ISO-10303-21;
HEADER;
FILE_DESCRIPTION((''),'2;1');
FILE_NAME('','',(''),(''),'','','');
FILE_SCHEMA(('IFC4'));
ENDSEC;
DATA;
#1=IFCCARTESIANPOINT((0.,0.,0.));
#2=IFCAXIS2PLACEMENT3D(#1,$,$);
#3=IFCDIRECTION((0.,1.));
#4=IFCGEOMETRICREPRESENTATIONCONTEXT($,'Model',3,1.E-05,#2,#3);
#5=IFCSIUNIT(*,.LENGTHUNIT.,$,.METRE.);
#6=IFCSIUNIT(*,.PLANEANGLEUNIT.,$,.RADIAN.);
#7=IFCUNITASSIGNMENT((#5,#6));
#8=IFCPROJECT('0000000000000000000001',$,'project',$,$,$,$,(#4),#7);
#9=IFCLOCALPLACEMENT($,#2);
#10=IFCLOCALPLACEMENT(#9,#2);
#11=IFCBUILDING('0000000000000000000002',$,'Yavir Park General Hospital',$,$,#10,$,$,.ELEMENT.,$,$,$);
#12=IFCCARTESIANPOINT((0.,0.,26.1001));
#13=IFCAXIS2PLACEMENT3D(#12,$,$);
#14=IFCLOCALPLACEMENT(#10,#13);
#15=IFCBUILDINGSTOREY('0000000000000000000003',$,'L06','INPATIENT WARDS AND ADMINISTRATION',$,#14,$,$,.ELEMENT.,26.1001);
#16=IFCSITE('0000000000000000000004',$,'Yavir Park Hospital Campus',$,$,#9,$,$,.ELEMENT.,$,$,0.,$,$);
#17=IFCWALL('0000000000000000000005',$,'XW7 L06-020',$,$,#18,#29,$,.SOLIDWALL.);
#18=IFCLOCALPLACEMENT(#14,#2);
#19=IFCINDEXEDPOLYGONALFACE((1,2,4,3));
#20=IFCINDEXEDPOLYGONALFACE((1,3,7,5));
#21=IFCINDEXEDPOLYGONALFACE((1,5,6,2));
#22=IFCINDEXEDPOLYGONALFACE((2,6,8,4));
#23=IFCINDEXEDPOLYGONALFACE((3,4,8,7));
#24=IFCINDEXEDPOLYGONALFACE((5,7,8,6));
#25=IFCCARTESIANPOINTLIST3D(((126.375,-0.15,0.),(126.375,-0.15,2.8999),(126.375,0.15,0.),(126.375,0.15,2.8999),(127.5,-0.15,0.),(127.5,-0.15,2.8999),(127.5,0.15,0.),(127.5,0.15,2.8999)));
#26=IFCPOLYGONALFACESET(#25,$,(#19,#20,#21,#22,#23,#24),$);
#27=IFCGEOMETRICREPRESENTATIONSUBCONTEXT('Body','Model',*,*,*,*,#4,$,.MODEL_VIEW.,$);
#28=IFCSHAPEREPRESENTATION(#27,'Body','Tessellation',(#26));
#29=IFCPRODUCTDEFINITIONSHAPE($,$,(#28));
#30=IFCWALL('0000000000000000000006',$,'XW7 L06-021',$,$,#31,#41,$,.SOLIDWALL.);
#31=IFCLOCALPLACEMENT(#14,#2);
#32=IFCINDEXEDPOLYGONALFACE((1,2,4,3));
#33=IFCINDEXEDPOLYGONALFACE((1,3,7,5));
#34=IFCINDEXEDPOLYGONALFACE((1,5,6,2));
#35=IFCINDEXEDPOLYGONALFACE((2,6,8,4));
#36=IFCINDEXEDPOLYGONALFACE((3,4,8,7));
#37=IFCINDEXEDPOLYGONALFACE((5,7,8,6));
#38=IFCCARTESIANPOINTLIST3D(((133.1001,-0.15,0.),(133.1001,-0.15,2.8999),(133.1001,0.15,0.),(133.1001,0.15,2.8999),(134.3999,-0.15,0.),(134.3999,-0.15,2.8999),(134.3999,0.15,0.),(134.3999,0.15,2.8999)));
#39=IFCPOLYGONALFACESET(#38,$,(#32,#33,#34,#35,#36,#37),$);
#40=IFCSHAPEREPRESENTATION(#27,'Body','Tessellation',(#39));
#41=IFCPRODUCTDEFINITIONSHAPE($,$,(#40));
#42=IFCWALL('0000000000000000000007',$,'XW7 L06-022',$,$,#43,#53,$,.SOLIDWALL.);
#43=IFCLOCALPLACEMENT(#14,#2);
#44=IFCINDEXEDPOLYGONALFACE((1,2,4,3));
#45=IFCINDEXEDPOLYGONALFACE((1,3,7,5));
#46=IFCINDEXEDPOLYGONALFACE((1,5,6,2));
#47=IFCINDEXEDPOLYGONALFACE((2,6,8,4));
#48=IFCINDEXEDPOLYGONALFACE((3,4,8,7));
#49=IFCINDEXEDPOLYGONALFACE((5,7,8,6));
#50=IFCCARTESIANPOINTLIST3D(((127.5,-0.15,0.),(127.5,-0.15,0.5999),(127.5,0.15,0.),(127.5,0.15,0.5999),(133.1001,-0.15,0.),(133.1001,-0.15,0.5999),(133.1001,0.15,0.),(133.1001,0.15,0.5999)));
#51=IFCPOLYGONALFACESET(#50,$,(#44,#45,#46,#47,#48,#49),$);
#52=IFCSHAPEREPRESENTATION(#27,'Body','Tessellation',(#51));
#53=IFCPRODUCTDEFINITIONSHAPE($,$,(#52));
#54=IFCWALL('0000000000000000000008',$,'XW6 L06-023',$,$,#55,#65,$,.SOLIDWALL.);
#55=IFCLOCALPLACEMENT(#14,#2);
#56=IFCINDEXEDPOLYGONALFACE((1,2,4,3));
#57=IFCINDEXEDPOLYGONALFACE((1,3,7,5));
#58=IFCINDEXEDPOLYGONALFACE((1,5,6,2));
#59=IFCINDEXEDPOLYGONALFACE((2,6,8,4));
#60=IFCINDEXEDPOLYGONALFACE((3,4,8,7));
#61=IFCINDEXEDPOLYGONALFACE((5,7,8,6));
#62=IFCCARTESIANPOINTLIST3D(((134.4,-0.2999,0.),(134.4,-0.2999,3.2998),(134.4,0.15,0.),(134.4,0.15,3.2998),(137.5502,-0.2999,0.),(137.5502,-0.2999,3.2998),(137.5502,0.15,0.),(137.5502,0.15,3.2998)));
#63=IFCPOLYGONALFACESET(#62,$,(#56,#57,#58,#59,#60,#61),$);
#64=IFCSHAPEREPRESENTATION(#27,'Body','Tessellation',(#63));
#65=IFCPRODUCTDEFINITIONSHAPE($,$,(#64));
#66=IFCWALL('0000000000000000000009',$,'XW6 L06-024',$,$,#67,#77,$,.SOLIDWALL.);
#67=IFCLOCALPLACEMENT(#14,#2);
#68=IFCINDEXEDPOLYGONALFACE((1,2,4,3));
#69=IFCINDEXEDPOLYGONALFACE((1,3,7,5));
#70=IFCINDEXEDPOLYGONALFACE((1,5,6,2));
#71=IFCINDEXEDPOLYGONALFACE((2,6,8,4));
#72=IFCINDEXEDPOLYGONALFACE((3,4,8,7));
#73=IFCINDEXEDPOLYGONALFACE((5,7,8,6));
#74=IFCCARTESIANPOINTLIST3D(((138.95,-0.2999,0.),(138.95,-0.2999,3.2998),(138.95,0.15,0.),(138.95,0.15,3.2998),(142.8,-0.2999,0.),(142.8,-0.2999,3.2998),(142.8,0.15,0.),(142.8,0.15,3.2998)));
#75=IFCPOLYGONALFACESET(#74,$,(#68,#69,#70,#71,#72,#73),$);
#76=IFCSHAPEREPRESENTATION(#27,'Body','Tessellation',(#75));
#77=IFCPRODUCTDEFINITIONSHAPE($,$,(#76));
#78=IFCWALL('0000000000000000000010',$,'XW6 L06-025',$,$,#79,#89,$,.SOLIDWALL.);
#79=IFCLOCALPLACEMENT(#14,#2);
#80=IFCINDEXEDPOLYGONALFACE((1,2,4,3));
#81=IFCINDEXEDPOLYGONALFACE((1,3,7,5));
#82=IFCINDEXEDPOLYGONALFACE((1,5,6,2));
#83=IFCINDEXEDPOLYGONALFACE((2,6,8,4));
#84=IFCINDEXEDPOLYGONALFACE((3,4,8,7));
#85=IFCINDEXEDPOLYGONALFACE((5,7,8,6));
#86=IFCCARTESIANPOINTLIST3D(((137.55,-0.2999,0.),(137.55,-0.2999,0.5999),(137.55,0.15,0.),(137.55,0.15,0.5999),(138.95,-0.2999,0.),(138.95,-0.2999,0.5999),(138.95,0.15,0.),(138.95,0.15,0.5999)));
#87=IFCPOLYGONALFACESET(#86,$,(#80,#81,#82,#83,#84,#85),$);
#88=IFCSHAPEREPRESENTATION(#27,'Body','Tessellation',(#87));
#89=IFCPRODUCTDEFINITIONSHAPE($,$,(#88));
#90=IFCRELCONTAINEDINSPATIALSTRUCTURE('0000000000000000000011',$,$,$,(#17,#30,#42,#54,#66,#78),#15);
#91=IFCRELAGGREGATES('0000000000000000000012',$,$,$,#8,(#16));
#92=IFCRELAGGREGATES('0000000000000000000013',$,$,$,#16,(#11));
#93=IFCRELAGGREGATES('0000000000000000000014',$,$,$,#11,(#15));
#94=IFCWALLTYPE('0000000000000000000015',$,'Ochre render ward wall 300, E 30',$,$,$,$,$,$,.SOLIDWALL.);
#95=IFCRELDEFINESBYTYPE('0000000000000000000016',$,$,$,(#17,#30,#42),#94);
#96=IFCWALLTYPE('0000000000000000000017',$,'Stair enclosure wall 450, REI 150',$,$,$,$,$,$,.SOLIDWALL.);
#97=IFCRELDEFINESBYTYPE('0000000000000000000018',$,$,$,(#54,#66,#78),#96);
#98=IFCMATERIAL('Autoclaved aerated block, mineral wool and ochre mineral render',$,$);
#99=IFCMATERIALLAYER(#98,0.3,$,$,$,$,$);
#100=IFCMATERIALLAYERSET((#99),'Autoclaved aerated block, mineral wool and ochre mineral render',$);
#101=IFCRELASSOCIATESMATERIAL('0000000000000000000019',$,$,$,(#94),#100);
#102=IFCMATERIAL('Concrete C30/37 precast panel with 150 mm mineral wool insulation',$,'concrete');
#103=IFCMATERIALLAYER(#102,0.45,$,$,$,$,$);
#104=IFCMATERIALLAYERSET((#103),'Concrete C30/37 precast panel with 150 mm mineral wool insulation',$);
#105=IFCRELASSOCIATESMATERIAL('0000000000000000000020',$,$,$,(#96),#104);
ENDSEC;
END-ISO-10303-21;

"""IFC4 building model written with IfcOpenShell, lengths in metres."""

from ifc_helpers import new_model, si_unit, direction, frame, frame_2d, origin, place, context, subcontext, project, spatial, rectangle, extrude, material, layer, layer_set, type_object, element, save


model = new_model("IFC4")

# Units and contexts
model_context = context("Model", 3, precision=1e-05, world=origin(), true_north=direction((0.0, 1.0)))
body_context = subcontext(model_context, "Body", "Model", "MODEL_VIEW")
ifc_project = project(units=[si_unit("LENGTHUNIT", "METRE"), si_unit("PLANEANGLEUNIT", "RADIAN")], contexts=[model_context])

# Site, building, storey
site_placement = place(None, origin())
site = spatial("IfcSite", under=ifc_project, at=site_placement, Name="Yavir Park Hospital Campus", CompositionType="ELEMENT", RefElevation=0.0)
building_placement = place(site_placement, origin())
building = spatial("IfcBuilding", under=site, at=building_placement, Name="Yavir Park General Hospital", CompositionType="ELEMENT")
storey_placement = place(building_placement, frame((0.0, 0.0, 26.1001)))
storey = spatial("IfcBuildingStorey", under=building, at=storey_placement, Name="L06", Description="INPATIENT WARDS AND ADMINISTRATION", CompositionType="ELEMENT", Elevation=26.1001)

# Walls
ifc_material_1 = material(Name="Autoclaved aerated block, mineral wool and ochre mineral render")
ifc_layer_1 = layer(ifc_material_1, 0.3)
ifc_layer_set_1 = layer_set([ifc_layer_1], Name="Autoclaved aerated block, mineral wool and ochre mineral render")
wall_type_1 = type_object("IfcWallType", Name="Ochre render ward wall 300, E 30", PredefinedType="SOLIDWALL", material=ifc_layer_set_1)
wall_1_placement = place(storey_placement, frame((126.375, 0.0, 0.0), z_axis=(0.0, 0.0, 1.0), x_axis=(1.0, 0.0, 0.0)))
element("IfcWall", 1, at=wall_1_placement, inside=storey, type_object=wall_type_1, Name="XW7 L06-020", PredefinedType="SOLIDWALL", context=body_context, shape_type="SweptSolid", body=[
    extrude(rectangle(XDim=1.125, YDim=0.3, at=frame_2d((0.5625, 0.0))), origin(), (0.0, 0.0, 1.0), 2.8999),
])
wall_2_placement = place(storey_placement, frame((133.1001, 0.0, 0.0), z_axis=(0.0, 0.0, 1.0), x_axis=(1.0, 0.0, 0.0)))
element("IfcWall", 2, at=wall_2_placement, inside=storey, type_object=wall_type_1, Name="XW7 L06-021", PredefinedType="SOLIDWALL", context=body_context, shape_type="SweptSolid", body=[
    extrude(rectangle(XDim=1.2998, YDim=0.3, at=frame_2d((0.6499, 0.0))), origin(), (0.0, 0.0, 1.0), 2.8999),
])
wall_3_placement = place(storey_placement, frame((127.5, 0.0, 0.0), z_axis=(0.0, 0.0, 1.0), x_axis=(1.0, 0.0, 0.0)))
element("IfcWall", 3, at=wall_3_placement, inside=storey, type_object=wall_type_1, Name="XW7 L06-022", PredefinedType="SOLIDWALL", context=body_context, shape_type="SweptSolid", body=[
    extrude(rectangle(XDim=5.6001, YDim=0.3, at=frame_2d((2.8, 0.0))), origin(), (0.0, 0.0, 1.0), 0.5999),
])
ifc_material_2 = material(Name="Concrete C30/37 precast panel with 150 mm mineral wool insulation", Category="concrete")
ifc_layer_2 = layer(ifc_material_2, 0.45)
ifc_layer_set_2 = layer_set([ifc_layer_2], Name="Concrete C30/37 precast panel with 150 mm mineral wool insulation")
wall_type_2 = type_object("IfcWallType", Name="Stair enclosure wall 450, REI 150", PredefinedType="SOLIDWALL", material=ifc_layer_set_2)
wall_4_placement = place(storey_placement, frame((134.3999, -0.075, 0.0), z_axis=(0.0, 0.0, 1.0), x_axis=(1.0, 0.0, 0.0)))
element("IfcWall", 4, at=wall_4_placement, inside=storey, type_object=wall_type_2, Name="XW6 L06-023", PredefinedType="SOLIDWALL", context=body_context, shape_type="SweptSolid", body=[
    extrude(rectangle(XDim=3.1501, YDim=0.45, at=frame_2d((1.5752, 0.0))), origin(), (0.0, 0.0, 1.0), 3.2998),
])
wall_5_placement = place(storey_placement, frame((138.95, -0.075, 0.0), z_axis=(0.0, 0.0, 1.0), x_axis=(1.0, 0.0, 0.0)))
element("IfcWall", 5, at=wall_5_placement, inside=storey, type_object=wall_type_2, Name="XW6 L06-024", PredefinedType="SOLIDWALL", context=body_context, shape_type="SweptSolid", body=[
    extrude(rectangle(XDim=3.8501, YDim=0.45, at=frame_2d((1.925, 0.0))), origin(), (0.0, 0.0, 1.0), 3.2998),
])
wall_6_placement = place(storey_placement, frame((137.55, -0.075, 0.0), z_axis=(0.0, 0.0, 1.0), x_axis=(1.0, 0.0, 0.0)))
element("IfcWall", 6, at=wall_6_placement, inside=storey, type_object=wall_type_2, Name="XW6 L06-025", PredefinedType="SOLIDWALL", context=body_context, shape_type="SweptSolid", body=[
    extrude(rectangle(XDim=1.3999, YDim=0.45, at=frame_2d((0.7, 0.0))), origin(), (0.0, 0.0, 1.0), 0.5999),
])

save(model, "model.ifc")
